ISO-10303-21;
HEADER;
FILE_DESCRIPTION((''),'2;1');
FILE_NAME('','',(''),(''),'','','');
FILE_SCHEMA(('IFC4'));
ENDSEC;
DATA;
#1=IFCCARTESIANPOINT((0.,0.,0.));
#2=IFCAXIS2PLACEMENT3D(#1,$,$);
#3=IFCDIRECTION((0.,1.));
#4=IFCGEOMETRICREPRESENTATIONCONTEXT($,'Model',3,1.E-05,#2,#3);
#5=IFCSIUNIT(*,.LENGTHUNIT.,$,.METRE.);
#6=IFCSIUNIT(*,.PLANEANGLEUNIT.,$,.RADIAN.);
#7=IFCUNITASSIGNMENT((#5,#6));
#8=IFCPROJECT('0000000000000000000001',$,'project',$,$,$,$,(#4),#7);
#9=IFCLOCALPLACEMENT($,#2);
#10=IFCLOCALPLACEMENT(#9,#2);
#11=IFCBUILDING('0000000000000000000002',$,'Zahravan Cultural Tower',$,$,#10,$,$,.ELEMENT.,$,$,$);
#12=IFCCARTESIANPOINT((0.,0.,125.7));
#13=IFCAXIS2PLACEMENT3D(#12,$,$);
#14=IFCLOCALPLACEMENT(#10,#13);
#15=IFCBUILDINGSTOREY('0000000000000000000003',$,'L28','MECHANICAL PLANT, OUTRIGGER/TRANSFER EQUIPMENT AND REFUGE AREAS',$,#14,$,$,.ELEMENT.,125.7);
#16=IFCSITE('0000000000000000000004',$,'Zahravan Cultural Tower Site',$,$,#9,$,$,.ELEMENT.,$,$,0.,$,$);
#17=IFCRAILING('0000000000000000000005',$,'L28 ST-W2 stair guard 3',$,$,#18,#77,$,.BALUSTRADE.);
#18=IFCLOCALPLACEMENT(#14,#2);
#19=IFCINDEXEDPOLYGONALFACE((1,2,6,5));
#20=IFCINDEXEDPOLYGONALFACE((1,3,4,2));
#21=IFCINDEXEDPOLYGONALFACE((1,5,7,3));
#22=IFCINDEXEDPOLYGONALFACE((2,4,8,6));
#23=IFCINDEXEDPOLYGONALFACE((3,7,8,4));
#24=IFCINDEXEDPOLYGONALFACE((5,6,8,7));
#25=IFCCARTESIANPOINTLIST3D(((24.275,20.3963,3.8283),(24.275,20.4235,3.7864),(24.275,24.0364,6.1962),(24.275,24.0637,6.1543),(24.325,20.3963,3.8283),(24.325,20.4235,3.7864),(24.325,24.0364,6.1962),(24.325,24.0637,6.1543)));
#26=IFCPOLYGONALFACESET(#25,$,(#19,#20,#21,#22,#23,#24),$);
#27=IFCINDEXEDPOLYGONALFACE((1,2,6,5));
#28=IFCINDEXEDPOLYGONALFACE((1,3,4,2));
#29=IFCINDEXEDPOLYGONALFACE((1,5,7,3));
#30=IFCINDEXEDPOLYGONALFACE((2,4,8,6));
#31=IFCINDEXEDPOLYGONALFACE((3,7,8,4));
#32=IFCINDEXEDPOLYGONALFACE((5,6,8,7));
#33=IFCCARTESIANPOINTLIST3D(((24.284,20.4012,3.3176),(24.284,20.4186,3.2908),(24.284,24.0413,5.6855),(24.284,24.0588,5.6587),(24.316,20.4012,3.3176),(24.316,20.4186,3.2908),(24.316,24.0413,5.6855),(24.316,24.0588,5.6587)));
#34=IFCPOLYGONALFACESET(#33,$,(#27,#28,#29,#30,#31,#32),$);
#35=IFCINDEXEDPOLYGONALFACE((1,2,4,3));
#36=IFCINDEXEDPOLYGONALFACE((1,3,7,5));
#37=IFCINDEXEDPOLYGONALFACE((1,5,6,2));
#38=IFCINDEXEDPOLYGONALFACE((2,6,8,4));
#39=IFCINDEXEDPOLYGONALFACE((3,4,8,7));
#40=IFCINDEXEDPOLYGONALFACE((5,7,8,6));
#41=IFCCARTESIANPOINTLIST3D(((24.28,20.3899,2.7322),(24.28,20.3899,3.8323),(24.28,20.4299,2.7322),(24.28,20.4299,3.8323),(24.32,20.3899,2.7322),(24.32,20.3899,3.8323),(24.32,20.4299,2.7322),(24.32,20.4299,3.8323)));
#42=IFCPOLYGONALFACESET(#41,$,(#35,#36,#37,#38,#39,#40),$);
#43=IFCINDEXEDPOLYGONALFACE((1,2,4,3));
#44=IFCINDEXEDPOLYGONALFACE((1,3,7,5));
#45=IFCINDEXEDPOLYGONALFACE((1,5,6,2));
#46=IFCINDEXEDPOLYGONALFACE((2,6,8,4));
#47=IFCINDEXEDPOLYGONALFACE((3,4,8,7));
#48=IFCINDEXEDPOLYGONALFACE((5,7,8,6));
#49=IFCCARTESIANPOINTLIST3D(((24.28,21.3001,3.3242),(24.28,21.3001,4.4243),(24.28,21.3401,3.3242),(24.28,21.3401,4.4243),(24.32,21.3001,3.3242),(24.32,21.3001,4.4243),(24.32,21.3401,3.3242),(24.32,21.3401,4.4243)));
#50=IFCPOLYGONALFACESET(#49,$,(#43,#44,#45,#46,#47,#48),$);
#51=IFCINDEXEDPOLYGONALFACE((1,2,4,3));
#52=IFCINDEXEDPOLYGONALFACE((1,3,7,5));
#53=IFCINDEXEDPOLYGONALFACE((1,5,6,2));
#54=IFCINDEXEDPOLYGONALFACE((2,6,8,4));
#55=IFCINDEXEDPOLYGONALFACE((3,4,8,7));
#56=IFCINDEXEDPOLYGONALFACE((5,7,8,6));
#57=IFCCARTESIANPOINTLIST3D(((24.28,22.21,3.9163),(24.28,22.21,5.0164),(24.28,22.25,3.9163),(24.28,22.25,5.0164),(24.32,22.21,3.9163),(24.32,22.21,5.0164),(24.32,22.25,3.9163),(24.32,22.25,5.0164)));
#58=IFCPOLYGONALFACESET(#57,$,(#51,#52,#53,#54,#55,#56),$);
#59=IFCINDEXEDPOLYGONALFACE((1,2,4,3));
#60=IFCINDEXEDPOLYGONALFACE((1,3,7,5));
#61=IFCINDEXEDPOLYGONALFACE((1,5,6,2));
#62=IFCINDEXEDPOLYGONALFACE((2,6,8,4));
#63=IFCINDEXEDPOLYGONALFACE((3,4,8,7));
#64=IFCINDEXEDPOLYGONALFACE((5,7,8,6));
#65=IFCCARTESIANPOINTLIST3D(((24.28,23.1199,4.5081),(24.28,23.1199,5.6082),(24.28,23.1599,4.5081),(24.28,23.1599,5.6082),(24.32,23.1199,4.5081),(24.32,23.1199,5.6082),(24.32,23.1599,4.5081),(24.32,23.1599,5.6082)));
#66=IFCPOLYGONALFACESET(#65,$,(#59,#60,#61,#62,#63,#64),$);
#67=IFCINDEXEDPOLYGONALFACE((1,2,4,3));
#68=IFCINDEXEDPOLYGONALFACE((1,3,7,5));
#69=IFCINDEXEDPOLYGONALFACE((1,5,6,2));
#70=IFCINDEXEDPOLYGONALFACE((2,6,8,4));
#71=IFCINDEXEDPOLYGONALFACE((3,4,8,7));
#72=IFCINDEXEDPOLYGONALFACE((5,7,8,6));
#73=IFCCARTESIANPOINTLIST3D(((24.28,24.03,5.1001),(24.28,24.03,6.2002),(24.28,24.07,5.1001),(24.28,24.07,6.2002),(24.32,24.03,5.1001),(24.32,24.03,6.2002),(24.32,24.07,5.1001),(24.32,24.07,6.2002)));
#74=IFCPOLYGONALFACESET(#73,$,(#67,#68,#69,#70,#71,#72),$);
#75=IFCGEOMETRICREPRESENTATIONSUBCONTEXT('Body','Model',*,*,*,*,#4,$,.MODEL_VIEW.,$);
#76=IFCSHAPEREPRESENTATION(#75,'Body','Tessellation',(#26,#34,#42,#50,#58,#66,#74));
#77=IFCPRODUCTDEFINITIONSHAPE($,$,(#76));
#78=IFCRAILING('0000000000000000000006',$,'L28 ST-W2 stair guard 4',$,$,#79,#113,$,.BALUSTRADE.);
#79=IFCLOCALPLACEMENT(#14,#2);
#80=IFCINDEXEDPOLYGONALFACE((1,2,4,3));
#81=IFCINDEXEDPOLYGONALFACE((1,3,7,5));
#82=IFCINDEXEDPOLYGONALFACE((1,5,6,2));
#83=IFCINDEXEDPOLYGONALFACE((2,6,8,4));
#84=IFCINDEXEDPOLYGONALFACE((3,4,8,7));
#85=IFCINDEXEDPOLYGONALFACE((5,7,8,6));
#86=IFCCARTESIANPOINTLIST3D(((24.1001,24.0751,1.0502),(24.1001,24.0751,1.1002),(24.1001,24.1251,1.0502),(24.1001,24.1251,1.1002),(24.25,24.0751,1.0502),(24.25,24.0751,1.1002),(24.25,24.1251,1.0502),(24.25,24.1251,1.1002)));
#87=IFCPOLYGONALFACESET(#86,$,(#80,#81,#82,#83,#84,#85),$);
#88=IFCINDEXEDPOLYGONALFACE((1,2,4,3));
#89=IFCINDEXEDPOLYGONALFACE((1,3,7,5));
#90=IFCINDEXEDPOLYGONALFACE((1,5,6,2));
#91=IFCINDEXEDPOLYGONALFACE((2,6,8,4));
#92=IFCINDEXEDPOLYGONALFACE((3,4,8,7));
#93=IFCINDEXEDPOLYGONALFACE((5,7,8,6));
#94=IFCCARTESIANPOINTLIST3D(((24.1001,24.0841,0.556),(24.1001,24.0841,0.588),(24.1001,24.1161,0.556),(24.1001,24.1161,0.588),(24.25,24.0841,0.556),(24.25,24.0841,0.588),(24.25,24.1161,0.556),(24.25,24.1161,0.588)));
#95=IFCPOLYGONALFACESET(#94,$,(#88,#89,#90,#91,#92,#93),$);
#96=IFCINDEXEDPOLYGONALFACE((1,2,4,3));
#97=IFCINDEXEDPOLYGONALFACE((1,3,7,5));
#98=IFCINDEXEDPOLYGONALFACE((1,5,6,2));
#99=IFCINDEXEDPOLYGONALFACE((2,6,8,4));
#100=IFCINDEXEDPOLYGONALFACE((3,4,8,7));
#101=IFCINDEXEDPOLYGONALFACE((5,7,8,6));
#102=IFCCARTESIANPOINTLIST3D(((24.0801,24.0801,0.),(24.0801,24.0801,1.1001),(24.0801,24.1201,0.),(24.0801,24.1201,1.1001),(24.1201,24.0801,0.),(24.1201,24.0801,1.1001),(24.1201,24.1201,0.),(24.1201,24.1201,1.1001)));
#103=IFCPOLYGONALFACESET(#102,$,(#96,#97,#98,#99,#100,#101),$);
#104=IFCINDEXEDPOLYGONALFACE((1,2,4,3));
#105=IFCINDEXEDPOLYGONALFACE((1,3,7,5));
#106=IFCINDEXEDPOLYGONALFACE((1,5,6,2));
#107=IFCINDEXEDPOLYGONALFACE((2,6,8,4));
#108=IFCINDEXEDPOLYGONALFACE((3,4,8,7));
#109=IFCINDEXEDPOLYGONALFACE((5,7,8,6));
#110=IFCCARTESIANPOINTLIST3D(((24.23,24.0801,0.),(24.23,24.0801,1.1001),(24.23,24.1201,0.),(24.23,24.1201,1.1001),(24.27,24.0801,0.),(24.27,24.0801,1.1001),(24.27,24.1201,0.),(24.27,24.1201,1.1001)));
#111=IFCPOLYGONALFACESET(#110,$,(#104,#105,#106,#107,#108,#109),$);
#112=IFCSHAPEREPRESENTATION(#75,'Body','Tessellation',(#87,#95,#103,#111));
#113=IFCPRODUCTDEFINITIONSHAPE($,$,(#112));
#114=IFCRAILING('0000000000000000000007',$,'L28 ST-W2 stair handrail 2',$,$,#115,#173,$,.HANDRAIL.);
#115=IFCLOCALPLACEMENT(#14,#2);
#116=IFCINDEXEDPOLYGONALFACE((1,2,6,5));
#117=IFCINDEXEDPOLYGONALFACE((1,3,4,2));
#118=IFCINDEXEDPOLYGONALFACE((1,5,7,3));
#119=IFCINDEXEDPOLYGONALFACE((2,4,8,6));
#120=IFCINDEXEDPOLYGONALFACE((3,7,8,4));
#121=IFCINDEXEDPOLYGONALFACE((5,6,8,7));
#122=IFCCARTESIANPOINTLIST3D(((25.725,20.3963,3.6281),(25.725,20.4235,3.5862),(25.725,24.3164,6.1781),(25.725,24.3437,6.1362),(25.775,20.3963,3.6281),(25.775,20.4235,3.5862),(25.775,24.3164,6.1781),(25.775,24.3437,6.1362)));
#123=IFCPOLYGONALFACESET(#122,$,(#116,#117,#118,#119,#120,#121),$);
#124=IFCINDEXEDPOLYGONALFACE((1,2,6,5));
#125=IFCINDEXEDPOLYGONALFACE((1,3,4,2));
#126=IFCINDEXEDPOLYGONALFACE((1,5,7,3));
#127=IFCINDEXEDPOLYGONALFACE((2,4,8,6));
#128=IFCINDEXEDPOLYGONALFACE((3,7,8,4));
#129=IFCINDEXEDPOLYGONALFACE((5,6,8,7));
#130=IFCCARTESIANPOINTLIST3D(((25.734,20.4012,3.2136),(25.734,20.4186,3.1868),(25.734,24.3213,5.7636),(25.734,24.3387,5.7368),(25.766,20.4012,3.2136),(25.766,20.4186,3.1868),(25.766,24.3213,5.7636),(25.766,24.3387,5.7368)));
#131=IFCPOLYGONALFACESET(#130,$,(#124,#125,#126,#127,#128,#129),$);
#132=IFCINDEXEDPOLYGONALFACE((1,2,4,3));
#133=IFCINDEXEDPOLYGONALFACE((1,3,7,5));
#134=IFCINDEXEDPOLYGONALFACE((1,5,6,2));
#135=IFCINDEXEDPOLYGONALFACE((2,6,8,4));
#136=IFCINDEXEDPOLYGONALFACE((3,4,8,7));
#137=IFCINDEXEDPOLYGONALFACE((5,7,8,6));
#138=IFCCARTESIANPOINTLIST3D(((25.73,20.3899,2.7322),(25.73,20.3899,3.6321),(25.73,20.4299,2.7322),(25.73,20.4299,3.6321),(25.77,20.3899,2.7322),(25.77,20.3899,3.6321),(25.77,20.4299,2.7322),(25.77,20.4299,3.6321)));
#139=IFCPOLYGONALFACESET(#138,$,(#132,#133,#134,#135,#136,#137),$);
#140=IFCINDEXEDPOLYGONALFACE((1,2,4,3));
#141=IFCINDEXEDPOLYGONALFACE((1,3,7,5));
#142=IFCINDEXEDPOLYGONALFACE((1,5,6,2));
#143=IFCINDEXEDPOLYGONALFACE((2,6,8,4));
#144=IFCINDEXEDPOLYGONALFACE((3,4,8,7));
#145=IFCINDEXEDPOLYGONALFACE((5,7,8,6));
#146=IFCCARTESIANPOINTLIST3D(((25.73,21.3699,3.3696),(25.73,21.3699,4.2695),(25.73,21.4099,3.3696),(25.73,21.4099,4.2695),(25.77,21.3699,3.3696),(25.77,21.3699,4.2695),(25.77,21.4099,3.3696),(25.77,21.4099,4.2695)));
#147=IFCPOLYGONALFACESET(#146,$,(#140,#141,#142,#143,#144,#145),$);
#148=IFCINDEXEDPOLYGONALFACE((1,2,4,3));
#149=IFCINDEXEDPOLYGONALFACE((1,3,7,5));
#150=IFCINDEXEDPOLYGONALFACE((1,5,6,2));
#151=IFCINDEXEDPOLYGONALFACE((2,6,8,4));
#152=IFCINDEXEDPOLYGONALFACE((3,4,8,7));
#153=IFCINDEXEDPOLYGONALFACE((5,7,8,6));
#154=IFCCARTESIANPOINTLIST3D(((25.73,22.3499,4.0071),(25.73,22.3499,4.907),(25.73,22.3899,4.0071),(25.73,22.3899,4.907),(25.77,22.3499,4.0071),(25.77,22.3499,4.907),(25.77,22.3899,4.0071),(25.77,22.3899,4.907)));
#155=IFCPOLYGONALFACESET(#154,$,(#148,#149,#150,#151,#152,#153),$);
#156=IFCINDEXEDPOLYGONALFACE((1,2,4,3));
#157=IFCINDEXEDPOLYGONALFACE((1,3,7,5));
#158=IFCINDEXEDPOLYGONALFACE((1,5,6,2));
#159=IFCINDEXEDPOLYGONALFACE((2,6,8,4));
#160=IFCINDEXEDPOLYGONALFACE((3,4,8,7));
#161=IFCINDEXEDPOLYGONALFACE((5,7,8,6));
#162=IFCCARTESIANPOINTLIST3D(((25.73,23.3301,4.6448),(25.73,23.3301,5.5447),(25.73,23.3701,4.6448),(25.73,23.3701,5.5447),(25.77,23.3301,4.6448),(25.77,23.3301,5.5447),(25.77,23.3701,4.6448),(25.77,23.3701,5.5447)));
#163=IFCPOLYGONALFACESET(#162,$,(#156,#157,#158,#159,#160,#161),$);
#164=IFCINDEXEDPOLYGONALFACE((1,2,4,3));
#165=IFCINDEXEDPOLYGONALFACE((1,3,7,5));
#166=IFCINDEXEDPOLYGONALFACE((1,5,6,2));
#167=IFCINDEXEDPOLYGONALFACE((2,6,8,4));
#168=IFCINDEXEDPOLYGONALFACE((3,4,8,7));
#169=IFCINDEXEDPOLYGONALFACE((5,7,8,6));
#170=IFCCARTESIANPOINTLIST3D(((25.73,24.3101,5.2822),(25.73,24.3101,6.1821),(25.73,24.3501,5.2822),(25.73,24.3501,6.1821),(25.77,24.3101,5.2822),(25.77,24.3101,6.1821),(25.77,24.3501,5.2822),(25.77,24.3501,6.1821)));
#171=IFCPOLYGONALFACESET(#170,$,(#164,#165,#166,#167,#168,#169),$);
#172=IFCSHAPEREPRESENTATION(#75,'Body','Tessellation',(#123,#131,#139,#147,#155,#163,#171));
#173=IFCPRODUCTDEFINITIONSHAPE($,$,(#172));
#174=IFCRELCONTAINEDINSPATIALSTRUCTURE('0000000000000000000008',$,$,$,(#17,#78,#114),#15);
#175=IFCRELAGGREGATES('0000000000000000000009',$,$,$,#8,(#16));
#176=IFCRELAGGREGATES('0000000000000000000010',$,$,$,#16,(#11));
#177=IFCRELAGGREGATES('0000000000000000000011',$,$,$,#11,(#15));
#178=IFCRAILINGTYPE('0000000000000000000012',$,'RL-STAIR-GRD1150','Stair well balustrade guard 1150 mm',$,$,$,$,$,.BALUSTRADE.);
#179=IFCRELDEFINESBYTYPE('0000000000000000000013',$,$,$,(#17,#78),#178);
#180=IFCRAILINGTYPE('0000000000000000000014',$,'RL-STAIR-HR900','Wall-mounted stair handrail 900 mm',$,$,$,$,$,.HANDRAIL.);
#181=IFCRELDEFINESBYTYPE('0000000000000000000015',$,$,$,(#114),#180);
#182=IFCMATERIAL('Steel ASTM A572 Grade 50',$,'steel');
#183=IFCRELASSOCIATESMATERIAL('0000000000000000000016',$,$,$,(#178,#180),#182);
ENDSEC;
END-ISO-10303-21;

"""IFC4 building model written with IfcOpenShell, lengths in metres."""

from ifc_helpers import new_model, si_unit, direction, frame, origin, origin_2d, place, context, subcontext, project, spatial, rectangle, extrude, material, type_object, element, save


model = new_model("IFC4")

# Units and contexts
model_context = context("Model", 3, precision=1e-05, world=origin(), true_north=direction((0.0, 1.0)))
body_context = subcontext(model_context, "Body", "Model", "MODEL_VIEW")
ifc_project = project(units=[si_unit("LENGTHUNIT", "METRE"), si_unit("PLANEANGLEUNIT", "RADIAN")], contexts=[model_context])

# Site, building, storey
site_placement = place(None, origin())
site = spatial("IfcSite", under=ifc_project, at=site_placement, Name="Zahravan Cultural Tower Site", CompositionType="ELEMENT", RefElevation=0.0)
building_placement = place(site_placement, origin())
building = spatial("IfcBuilding", under=site, at=building_placement, Name="Zahravan Cultural Tower", CompositionType="ELEMENT")
storey_placement = place(building_placement, frame((0.0, 0.0, 125.7)))
storey = spatial("IfcBuildingStorey", under=building, at=storey_placement, Name="L28", Description="MECHANICAL PLANT, OUTRIGGER/TRANSFER EQUIPMENT AND REFUGE AREAS", CompositionType="ELEMENT", Elevation=125.7)

# Shared definitions
ifc_material_1 = material(Name="Steel ASTM A572 Grade 50", Category="steel")

# Railings
railing_type_1 = type_object("IfcRailingType", Name="RL-STAIR-GRD1150", Description="Stair well balustrade guard 1150 mm", PredefinedType="BALUSTRADE", material=ifc_material_1)
railing_1_placement = place(storey_placement, frame((24.3, 20.4099, 2.7322)))
element("IfcRailing", 1, at=railing_1_placement, inside=storey, type_object=railing_type_1, Name="L28 ST-W2 stair guard 3", PredefinedType="BALUSTRADE", context=body_context, shape_type="SweptSolid", body=[
    extrude(rectangle(XDim=0.05, YDim=0.05, at=origin_2d()), frame((0.0, 0.0, 1.0752), z_axis=(0.0, 0.838251, 0.545285), x_axis=(-1.0, 0.0, 0.0)), (0.0, 0.0, 1.0), 4.3425),
    extrude(rectangle(XDim=0.032, YDim=0.032, at=origin_2d()), frame((0.0, 0.0, 0.572), z_axis=(0.0, 0.838251, 0.545285), x_axis=(-1.0, 0.0, 0.0)), (0.0, 0.0, 1.0), 4.3425),
    extrude(rectangle(XDim=0.04, YDim=0.04, at=origin_2d()), origin(), (0.0, 0.0, 1.0), 1.1001),
    extrude(rectangle(XDim=0.04, YDim=0.04, at=origin_2d()), frame((0.0, 0.9102, 0.592)), (0.0, 0.0, 1.0), 1.1001),
    extrude(rectangle(XDim=0.04, YDim=0.04, at=origin_2d()), frame((0.0, 1.8201, 1.1841)), (0.0, 0.0, 1.0), 1.1001),
    extrude(rectangle(XDim=0.04, YDim=0.04, at=origin_2d()), frame((0.0, 2.73, 1.7759)), (0.0, 0.0, 1.0), 1.1001),
    extrude(rectangle(XDim=0.04, YDim=0.04, at=origin_2d()), frame((0.0, 3.6401, 2.3679)), (0.0, 0.0, 1.0), 1.1001),
])
railing_2_placement = place(storey_placement, frame((24.1001, 24.1001, 0.0)))
element("IfcRailing", 2, at=railing_2_placement, inside=storey, type_object=railing_type_1, Name="L28 ST-W2 stair guard 4", PredefinedType="BALUSTRADE", context=body_context, shape_type="SweptSolid", body=[
    extrude(rectangle(XDim=0.05, YDim=0.05, at=origin_2d()), frame((0.0, 0.0, 1.0752), z_axis=(1.0, 0.0, 0.0), x_axis=(0.0, 1.0, 0.0)), (0.0, 0.0, 1.0), 0.1499),
    extrude(rectangle(XDim=0.032, YDim=0.032, at=origin_2d()), frame((0.0, 0.0, 0.572), z_axis=(1.0, 0.0, 0.0), x_axis=(0.0, 1.0, 0.0)), (0.0, 0.0, 1.0), 0.1499),
    extrude(rectangle(XDim=0.04, YDim=0.04, at=origin_2d()), origin(), (0.0, 0.0, 1.0), 1.1001),
    extrude(rectangle(XDim=0.04, YDim=0.04, at=origin_2d()), frame((0.1499, 0.0, 0.0)), (0.0, 0.0, 1.0), 1.1001),
])
railing_type_2 = type_object("IfcRailingType", Name="RL-STAIR-HR900", Description="Wall-mounted stair handrail 900 mm", PredefinedType="HANDRAIL", material=ifc_material_1)
railing_3_placement = place(storey_placement, frame((25.75, 20.4099, 2.7322)))
element("IfcRailing", 3, at=railing_3_placement, inside=storey, type_object=railing_type_2, Name="L28 ST-W2 stair handrail 2", PredefinedType="HANDRAIL", context=body_context, shape_type="SweptSolid", body=[
    extrude(rectangle(XDim=0.05, YDim=0.05, at=origin_2d()), frame((0.0, 0.0, 0.875), z_axis=(0.0, 0.838254, 0.54528), x_axis=(-1.0, 0.0, 0.0)), (0.0, 0.0, 1.0), 4.6765),
    extrude(rectangle(XDim=0.032, YDim=0.032, at=origin_2d()), frame((0.0, 0.0, 0.468), z_axis=(0.0, 0.838254, 0.54528), x_axis=(-1.0, 0.0, 0.0)), (0.0, 0.0, 1.0), 4.6765),
    extrude(rectangle(XDim=0.04, YDim=0.04, at=origin_2d()), origin(), (0.0, 0.0, 1.0), 0.8999),
    extrude(rectangle(XDim=0.04, YDim=0.04, at=origin_2d()), frame((0.0, 0.98, 0.6375)), (0.0, 0.0, 1.0), 0.8999),
    extrude(rectangle(XDim=0.04, YDim=0.04, at=origin_2d()), frame((0.0, 1.96, 1.2749)), (0.0, 0.0, 1.0), 0.8999),
    extrude(rectangle(XDim=0.04, YDim=0.04, at=origin_2d()), frame((0.0, 2.9402, 1.9126)), (0.0, 0.0, 1.0), 0.8999),
    extrude(rectangle(XDim=0.04, YDim=0.04, at=origin_2d()), frame((0.0, 3.9202, 2.55)), (0.0, 0.0, 1.0), 0.8999),
])

save(model, "model.ifc")
